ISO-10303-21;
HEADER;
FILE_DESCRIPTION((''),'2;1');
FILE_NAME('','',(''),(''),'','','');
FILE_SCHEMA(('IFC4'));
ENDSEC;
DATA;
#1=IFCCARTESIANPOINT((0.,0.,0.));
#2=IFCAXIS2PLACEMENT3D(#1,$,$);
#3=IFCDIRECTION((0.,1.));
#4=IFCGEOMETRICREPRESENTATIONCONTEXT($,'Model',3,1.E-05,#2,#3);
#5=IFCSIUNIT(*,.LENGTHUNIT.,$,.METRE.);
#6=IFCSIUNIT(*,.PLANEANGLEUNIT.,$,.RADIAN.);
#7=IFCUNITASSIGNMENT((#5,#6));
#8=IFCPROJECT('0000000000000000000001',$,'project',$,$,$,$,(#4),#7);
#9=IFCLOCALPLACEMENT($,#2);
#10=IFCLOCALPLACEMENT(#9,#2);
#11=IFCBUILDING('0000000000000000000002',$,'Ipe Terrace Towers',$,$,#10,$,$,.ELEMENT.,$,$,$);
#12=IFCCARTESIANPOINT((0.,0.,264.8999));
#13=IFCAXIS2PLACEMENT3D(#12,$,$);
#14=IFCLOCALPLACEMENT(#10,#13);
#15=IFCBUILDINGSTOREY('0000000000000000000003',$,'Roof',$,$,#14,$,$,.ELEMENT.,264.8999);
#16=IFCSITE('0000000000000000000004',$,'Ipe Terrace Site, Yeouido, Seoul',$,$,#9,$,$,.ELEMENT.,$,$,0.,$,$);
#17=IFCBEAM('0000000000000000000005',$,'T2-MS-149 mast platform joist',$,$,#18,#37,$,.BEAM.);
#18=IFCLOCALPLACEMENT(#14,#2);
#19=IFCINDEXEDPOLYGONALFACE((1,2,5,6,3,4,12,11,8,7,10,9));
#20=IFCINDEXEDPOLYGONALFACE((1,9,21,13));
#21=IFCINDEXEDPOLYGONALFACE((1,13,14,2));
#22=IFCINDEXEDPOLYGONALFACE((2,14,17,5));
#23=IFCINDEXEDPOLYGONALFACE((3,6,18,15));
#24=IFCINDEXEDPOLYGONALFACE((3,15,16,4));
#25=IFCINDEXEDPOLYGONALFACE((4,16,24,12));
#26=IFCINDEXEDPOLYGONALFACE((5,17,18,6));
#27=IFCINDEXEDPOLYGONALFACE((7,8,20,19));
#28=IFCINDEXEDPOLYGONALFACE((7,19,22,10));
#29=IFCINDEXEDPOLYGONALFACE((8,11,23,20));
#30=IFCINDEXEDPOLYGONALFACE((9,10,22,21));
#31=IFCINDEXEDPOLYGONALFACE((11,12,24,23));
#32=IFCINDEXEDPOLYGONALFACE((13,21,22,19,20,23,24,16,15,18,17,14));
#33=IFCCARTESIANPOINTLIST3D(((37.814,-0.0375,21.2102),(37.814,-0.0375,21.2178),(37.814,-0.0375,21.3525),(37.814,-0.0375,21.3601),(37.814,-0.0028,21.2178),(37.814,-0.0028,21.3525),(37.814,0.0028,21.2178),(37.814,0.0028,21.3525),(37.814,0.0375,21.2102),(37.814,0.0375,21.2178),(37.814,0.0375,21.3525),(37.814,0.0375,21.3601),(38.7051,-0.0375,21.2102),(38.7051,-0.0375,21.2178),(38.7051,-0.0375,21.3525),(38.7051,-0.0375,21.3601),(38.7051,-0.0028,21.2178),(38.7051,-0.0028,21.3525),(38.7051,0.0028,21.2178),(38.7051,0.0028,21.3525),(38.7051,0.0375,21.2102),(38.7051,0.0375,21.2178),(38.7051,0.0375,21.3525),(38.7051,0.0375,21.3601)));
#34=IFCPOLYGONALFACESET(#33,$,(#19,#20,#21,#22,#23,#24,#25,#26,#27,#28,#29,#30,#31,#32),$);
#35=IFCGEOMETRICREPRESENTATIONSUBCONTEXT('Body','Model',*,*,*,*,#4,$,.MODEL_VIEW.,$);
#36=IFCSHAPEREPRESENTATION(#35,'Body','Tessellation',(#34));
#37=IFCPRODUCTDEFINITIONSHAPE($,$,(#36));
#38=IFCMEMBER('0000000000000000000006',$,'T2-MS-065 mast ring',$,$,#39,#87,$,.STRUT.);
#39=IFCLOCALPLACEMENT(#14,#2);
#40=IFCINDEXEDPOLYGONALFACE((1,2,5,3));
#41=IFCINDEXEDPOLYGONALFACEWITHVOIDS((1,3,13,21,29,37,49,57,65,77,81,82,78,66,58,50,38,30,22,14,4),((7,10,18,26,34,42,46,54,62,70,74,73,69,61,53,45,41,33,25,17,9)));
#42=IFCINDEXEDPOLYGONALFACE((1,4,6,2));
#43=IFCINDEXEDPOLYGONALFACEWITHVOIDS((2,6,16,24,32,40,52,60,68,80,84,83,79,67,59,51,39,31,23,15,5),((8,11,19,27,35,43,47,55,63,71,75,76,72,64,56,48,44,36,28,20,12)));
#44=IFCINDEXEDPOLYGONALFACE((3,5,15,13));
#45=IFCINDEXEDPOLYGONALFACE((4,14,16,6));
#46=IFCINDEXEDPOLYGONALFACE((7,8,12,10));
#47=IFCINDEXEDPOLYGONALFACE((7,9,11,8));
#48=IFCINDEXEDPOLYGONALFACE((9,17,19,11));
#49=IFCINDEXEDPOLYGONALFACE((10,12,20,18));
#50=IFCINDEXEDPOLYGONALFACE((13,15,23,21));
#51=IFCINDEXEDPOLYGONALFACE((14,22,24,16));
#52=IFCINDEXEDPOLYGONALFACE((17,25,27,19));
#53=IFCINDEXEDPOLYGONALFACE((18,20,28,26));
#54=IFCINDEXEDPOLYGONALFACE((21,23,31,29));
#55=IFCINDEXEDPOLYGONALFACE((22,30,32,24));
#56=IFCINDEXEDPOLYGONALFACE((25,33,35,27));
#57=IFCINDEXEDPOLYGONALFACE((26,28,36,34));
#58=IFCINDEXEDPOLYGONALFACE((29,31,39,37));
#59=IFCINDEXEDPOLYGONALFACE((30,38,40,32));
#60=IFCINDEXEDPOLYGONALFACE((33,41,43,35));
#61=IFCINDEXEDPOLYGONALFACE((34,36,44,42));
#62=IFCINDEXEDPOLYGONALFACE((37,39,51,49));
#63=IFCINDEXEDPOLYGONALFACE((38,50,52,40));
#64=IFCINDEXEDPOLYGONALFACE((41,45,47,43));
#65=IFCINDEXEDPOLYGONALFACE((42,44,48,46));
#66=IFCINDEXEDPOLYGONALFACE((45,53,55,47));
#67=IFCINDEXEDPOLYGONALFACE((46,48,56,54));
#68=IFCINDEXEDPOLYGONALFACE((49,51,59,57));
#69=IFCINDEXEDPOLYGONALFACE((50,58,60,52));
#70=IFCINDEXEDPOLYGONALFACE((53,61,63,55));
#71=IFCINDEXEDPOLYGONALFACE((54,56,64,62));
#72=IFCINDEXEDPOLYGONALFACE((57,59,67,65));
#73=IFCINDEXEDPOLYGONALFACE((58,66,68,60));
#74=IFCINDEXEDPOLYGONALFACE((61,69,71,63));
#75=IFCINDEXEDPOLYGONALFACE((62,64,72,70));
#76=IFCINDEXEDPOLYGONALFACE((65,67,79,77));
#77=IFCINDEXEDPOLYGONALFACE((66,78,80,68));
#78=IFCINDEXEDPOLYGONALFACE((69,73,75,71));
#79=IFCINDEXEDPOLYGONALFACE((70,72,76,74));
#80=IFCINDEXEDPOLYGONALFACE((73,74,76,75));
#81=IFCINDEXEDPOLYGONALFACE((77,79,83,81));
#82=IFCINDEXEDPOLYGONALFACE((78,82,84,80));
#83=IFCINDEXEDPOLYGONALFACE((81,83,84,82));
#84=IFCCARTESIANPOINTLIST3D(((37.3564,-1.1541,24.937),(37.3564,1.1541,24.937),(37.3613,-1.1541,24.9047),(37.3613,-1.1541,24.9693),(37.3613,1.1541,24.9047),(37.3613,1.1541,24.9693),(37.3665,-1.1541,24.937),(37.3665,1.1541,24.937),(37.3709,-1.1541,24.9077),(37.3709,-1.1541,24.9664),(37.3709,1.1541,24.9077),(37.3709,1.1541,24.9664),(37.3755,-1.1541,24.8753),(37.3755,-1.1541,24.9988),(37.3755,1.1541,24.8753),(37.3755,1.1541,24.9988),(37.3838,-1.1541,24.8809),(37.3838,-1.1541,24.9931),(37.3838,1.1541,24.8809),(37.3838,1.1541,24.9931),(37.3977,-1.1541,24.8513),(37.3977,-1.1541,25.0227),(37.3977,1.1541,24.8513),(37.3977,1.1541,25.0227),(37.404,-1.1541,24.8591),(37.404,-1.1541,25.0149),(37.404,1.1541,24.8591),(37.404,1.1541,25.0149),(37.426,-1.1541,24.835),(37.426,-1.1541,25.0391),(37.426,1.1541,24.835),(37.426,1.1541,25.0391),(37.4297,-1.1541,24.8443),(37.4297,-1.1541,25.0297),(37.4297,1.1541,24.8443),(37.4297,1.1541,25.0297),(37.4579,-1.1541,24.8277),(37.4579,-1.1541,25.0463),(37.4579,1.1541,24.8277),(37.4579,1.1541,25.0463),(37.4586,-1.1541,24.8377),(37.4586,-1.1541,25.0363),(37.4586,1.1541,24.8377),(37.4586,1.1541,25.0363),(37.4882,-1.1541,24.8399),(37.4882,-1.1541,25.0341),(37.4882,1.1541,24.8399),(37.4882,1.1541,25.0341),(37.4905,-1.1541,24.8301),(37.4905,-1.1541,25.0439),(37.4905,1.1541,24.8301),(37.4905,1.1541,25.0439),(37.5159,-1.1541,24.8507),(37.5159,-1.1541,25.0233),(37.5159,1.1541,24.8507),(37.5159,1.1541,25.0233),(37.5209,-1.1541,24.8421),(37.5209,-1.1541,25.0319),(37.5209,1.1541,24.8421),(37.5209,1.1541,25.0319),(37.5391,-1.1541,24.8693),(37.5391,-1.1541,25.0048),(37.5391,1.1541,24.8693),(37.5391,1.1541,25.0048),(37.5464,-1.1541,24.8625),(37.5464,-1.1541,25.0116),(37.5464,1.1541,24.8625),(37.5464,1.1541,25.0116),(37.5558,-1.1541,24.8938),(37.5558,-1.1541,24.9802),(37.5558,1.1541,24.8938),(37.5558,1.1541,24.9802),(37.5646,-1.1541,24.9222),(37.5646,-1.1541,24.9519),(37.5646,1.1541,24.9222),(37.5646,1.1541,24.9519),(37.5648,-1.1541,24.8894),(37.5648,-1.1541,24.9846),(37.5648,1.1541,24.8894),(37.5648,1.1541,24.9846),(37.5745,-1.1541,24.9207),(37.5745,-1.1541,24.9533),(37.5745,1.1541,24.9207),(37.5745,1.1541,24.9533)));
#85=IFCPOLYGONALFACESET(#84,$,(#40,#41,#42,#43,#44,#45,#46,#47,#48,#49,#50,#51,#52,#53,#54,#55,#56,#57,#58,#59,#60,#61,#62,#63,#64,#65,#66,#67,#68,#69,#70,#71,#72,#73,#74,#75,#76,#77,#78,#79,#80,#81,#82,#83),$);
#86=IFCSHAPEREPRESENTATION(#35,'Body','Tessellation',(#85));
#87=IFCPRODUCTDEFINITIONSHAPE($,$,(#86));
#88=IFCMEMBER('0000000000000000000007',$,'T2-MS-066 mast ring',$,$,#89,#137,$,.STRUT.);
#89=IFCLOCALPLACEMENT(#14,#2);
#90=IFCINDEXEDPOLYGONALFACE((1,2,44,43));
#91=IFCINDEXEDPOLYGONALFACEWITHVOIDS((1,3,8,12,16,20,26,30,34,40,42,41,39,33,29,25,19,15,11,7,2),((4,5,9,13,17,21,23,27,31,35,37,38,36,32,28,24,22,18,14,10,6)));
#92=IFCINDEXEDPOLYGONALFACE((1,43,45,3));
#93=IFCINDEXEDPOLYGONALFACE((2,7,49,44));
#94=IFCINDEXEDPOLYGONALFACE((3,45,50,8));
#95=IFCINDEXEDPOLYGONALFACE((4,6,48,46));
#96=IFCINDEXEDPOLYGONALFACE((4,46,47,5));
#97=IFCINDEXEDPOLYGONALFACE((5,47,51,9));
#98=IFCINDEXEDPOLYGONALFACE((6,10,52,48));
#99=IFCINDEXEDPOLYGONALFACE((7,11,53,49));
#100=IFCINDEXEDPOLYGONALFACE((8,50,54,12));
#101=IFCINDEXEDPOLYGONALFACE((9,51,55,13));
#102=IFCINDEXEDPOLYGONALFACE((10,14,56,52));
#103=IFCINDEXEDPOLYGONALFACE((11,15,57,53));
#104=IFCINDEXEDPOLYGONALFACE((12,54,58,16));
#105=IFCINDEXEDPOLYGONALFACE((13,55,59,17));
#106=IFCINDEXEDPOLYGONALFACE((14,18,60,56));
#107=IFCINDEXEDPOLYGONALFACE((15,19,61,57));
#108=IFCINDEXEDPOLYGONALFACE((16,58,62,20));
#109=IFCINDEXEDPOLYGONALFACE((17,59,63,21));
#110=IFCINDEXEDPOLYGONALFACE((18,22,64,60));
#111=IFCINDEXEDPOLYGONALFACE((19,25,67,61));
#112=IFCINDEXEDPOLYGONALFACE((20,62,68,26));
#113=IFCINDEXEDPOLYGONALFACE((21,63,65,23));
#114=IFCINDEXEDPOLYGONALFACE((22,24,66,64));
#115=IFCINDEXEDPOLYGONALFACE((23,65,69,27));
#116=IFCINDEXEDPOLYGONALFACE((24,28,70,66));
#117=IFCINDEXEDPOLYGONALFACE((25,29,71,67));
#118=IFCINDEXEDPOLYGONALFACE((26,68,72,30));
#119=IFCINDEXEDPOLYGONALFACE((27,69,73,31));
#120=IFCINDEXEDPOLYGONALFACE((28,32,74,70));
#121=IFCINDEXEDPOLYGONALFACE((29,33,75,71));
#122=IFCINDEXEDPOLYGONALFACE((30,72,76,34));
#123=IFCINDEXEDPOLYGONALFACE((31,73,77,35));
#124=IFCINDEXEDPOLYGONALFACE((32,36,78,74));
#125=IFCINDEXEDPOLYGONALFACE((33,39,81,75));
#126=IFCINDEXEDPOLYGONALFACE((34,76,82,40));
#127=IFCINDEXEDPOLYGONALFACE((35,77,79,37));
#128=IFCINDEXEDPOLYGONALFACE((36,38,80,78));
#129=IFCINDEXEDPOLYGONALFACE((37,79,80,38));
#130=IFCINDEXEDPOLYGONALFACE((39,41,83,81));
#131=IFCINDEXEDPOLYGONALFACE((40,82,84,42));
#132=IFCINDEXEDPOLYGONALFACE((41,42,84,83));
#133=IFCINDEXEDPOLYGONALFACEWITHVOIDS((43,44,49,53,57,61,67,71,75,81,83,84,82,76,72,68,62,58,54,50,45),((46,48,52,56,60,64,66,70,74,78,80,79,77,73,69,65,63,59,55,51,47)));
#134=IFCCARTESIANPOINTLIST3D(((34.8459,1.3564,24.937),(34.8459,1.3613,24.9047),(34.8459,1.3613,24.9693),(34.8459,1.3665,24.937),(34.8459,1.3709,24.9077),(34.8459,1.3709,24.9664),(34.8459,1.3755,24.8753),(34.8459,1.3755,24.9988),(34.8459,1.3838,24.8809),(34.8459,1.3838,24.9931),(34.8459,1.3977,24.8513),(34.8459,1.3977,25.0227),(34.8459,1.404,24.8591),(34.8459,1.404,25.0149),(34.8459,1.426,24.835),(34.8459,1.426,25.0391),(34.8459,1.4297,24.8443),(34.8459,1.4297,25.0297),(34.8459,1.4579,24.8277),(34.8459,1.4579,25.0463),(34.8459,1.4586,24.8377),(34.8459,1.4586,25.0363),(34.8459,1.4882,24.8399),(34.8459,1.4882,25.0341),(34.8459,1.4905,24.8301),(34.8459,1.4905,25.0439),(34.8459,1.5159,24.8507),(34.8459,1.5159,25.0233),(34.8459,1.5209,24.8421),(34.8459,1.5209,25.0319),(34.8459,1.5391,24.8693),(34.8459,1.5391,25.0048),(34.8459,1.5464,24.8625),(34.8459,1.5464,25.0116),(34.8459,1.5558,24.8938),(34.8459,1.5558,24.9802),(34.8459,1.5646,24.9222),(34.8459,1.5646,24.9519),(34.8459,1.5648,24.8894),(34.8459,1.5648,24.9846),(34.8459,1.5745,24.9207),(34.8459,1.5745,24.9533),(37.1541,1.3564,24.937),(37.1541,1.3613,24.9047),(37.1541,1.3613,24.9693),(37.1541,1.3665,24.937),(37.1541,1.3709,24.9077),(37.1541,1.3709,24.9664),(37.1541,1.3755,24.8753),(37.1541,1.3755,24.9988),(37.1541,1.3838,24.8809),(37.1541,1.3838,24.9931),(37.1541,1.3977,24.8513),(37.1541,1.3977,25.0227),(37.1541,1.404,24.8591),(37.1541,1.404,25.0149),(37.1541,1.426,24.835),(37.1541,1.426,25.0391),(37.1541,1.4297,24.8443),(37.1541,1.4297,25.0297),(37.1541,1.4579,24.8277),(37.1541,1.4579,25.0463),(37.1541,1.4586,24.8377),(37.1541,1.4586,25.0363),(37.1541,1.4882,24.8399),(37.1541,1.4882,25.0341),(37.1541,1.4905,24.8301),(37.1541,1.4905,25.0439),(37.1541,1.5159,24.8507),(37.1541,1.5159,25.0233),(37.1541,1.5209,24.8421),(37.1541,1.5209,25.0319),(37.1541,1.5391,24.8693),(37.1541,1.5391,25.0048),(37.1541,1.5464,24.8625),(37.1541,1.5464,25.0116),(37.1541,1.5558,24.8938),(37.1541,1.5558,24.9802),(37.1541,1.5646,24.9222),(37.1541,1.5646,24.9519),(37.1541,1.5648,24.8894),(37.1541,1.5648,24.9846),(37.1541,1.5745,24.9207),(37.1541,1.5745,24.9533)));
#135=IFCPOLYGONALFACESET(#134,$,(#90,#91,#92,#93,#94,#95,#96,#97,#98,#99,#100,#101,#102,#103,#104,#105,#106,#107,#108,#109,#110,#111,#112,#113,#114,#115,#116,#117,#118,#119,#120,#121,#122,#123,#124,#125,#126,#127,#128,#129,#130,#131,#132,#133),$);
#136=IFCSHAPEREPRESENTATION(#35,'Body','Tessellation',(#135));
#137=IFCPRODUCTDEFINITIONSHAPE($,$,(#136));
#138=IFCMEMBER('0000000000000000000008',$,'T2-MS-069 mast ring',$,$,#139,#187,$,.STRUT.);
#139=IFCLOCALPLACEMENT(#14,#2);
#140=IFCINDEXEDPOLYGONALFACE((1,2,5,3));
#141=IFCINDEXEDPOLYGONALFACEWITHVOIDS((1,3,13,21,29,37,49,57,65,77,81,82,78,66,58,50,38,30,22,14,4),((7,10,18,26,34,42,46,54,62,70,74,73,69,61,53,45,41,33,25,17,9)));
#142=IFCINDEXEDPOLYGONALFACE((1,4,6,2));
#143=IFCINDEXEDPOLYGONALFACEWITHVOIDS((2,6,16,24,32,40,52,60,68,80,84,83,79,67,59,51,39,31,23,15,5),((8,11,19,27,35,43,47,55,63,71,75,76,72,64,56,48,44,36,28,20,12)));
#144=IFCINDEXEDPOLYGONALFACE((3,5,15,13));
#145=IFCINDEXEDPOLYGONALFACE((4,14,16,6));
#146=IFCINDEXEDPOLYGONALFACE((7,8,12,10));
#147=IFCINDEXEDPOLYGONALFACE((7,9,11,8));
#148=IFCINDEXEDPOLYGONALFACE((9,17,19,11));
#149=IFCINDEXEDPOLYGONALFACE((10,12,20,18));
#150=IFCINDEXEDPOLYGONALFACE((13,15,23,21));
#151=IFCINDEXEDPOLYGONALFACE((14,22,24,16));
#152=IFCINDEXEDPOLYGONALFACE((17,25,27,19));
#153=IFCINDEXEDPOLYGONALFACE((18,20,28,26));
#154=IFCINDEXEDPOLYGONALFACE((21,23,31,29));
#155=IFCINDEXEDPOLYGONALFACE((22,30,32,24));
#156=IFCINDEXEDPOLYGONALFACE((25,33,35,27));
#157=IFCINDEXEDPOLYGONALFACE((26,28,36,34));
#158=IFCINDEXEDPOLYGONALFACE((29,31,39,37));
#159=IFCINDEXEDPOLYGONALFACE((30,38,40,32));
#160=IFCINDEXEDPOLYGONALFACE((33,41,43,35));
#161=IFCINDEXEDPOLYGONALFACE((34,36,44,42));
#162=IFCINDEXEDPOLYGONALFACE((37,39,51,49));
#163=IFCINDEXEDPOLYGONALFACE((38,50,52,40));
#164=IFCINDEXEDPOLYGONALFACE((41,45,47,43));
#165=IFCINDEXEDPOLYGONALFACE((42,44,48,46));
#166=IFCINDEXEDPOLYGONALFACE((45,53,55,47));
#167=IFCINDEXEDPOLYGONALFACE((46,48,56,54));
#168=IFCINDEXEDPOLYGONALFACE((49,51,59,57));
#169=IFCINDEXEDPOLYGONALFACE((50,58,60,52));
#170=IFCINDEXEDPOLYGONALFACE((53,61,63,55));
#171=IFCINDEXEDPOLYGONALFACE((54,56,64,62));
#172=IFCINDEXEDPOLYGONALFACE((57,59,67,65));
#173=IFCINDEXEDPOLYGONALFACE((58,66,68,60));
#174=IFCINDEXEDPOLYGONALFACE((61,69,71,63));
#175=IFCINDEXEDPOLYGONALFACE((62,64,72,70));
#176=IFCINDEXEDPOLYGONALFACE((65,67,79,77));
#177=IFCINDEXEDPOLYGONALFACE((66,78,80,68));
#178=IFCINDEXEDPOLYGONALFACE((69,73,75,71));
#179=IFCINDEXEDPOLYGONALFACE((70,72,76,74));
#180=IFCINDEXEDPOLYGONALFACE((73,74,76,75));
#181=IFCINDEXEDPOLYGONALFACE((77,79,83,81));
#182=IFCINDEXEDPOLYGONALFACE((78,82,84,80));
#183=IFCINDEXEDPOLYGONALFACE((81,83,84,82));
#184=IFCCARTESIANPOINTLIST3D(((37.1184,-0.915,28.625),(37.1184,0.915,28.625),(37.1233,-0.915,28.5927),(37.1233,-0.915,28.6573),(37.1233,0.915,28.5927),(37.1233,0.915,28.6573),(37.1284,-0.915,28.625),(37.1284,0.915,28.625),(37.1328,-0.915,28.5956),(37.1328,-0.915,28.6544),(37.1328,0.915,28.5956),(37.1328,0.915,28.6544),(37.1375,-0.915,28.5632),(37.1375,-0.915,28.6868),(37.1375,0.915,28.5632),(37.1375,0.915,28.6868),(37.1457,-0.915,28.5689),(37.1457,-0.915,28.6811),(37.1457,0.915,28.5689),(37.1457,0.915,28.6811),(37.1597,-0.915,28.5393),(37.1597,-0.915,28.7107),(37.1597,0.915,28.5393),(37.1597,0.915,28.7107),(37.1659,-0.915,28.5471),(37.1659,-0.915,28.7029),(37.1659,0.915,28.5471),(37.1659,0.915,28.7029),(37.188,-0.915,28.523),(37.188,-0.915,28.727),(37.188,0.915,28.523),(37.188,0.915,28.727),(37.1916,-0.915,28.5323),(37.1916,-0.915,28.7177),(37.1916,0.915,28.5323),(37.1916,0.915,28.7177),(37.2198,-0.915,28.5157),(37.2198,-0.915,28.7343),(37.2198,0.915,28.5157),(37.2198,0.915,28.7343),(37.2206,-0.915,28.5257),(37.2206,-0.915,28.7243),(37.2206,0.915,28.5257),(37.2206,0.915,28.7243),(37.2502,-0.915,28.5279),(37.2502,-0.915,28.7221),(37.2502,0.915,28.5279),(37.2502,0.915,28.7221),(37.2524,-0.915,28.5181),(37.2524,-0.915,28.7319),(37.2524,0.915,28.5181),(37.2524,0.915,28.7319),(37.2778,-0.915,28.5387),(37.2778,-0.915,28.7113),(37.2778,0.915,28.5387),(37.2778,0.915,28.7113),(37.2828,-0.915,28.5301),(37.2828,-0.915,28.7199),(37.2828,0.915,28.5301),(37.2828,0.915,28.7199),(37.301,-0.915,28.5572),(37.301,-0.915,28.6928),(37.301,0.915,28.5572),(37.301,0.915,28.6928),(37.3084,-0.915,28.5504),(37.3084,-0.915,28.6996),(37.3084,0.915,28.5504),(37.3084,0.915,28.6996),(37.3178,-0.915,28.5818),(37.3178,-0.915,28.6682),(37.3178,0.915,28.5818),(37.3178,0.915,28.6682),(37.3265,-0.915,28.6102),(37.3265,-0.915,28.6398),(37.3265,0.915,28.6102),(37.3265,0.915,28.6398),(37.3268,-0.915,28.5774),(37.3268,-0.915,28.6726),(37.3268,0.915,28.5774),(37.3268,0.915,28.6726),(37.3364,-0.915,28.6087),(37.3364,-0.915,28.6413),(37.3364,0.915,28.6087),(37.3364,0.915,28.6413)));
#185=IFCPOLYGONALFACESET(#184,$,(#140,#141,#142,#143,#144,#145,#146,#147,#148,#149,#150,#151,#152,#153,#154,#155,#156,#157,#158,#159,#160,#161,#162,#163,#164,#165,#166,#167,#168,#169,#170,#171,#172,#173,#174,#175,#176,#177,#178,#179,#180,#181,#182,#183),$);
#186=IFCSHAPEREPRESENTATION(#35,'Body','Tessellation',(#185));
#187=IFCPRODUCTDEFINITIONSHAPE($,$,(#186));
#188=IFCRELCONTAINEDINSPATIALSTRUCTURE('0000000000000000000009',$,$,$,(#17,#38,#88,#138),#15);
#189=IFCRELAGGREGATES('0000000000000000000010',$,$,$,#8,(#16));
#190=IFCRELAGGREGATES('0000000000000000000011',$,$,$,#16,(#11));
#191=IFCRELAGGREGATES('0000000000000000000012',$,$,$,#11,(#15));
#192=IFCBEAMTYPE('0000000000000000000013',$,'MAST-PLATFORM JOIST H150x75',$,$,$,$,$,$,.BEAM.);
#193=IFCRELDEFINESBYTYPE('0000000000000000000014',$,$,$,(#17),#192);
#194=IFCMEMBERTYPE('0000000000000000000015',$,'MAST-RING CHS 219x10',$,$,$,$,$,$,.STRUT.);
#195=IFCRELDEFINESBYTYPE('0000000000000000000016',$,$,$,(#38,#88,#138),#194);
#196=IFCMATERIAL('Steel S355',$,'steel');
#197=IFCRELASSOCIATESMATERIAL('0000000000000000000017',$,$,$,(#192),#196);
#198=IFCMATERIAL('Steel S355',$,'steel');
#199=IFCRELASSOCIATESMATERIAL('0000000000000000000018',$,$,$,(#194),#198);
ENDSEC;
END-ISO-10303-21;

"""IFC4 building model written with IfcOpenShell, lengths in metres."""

from ifc_helpers import new_model, si_unit, direction, frame, origin, origin_2d, place, context, subcontext, project, spatial, hollow_circle, i_section, extrude, material, material_profile, profile_set, type_object, element, save


model = new_model("IFC4")

# Units and contexts
model_context = context("Model", 3, precision=1e-05, world=origin(), true_north=direction((0.0, 1.0)))
body_context = subcontext(model_context, "Body", "Model", "MODEL_VIEW")
ifc_project = project(units=[si_unit("LENGTHUNIT", "METRE"), si_unit("PLANEANGLEUNIT", "RADIAN")], contexts=[model_context])

# Site, building, storey
site_placement = place(None, origin())
site = spatial("IfcSite", under=ifc_project, at=site_placement, Name="Ipe Terrace Site, Yeouido, Seoul", CompositionType="ELEMENT", RefElevation=0.0)
building_placement = place(site_placement, origin())
building = spatial("IfcBuilding", under=site, at=building_placement, Name="Ipe Terrace Towers", CompositionType="ELEMENT")
storey_placement = place(building_placement, frame((0.0, 0.0, 264.8999)))
storey = spatial("IfcBuildingStorey", under=building, at=storey_placement, Name="Roof", CompositionType="ELEMENT", Elevation=264.8999)

# Beam
ifc_material_1 = material(Name="Steel S355", Category="steel")
ifc_material_profile_1 = material_profile(ifc_material_1, i_section(OverallWidth=0.075, OverallDepth=0.1499, WebThickness=0.0056, FlangeThickness=0.0076, at=origin_2d()), Name="H150x75")
ifc_profile_set_1 = profile_set([ifc_material_profile_1], Name="Steel S355")
beam_type_1 = type_object("IfcBeamType", Name="MAST-PLATFORM JOIST H150x75", PredefinedType="BEAM", material=ifc_profile_set_1)
beam_placement = place(storey_placement, frame((37.814, 0.0, 21.2852), z_axis=(1.0, 0.0, 0.0), x_axis=(0.0, 1.0, 0.0)))
element("IfcBeam", 1, at=beam_placement, inside=storey, type_object=beam_type_1, Name="T2-MS-149 mast platform joist", PredefinedType="BEAM", context=body_context, shape_type="SweptSolid", body=[
    extrude(i_section(OverallWidth=0.075, OverallDepth=0.1499, WebThickness=0.0056, FlangeThickness=0.0076, at=origin_2d()), origin(), (0.0, 0.0, 1.0), 0.8911),
])

# Members
ifc_material_2 = material(Name="Steel S355", Category="steel")
ifc_material_profile_2 = material_profile(ifc_material_2, hollow_circle(Radius=0.1096, WallThickness=0.01, at=origin_2d()), Name="MAST-RING CHS 219x10")
ifc_profile_set_2 = profile_set([ifc_material_profile_2], Name="Steel S355")
member_type_1 = type_object("IfcMemberType", Name="MAST-RING CHS 219x10", PredefinedType="STRUT", material=ifc_profile_set_2)
for number, where, z_axis, x_axis, name in (
    (2, (37.4661, -1.1541, 24.937), (0.0, 1.0, 0.0), (-1.0, 0.0, 0.0), "T2-MS-065 mast ring"),
    (3, (37.1541, 1.4661, 24.937), (-1.0, 0.0, 0.0), (0.0, -1.0, 0.0), "T2-MS-066 mast ring"),
):
    element("IfcMember", number, at=place(storey_placement, frame(where, z_axis=z_axis, x_axis=x_axis)), inside=storey, type_object=member_type_1, Name=name, PredefinedType="STRUT", context=body_context, shape_type="SweptSolid", body=[
        extrude(hollow_circle(Radius=0.1096, WallThickness=0.01, at=origin_2d()), origin(), (0.0, 0.0, 1.0), 2.3081),
    ])
for number, where, z_axis, x_axis, name in (
    (4, (37.228, -0.915, 28.625), (0.0, 1.0, 0.0), (-1.0, 0.0, 0.0), "T2-MS-069 mast ring"),
):
    element("IfcMember", number, at=place(storey_placement, frame(where, z_axis=z_axis, x_axis=x_axis)), inside=storey, type_object=member_type_1, Name=name, PredefinedType="STRUT", context=body_context, shape_type="SweptSolid", body=[
        extrude(hollow_circle(Radius=0.1096, WallThickness=0.01, at=origin_2d()), origin(), (0.0, 0.0, 1.0), 1.8301),
    ])

save(model, "model.ifc")
